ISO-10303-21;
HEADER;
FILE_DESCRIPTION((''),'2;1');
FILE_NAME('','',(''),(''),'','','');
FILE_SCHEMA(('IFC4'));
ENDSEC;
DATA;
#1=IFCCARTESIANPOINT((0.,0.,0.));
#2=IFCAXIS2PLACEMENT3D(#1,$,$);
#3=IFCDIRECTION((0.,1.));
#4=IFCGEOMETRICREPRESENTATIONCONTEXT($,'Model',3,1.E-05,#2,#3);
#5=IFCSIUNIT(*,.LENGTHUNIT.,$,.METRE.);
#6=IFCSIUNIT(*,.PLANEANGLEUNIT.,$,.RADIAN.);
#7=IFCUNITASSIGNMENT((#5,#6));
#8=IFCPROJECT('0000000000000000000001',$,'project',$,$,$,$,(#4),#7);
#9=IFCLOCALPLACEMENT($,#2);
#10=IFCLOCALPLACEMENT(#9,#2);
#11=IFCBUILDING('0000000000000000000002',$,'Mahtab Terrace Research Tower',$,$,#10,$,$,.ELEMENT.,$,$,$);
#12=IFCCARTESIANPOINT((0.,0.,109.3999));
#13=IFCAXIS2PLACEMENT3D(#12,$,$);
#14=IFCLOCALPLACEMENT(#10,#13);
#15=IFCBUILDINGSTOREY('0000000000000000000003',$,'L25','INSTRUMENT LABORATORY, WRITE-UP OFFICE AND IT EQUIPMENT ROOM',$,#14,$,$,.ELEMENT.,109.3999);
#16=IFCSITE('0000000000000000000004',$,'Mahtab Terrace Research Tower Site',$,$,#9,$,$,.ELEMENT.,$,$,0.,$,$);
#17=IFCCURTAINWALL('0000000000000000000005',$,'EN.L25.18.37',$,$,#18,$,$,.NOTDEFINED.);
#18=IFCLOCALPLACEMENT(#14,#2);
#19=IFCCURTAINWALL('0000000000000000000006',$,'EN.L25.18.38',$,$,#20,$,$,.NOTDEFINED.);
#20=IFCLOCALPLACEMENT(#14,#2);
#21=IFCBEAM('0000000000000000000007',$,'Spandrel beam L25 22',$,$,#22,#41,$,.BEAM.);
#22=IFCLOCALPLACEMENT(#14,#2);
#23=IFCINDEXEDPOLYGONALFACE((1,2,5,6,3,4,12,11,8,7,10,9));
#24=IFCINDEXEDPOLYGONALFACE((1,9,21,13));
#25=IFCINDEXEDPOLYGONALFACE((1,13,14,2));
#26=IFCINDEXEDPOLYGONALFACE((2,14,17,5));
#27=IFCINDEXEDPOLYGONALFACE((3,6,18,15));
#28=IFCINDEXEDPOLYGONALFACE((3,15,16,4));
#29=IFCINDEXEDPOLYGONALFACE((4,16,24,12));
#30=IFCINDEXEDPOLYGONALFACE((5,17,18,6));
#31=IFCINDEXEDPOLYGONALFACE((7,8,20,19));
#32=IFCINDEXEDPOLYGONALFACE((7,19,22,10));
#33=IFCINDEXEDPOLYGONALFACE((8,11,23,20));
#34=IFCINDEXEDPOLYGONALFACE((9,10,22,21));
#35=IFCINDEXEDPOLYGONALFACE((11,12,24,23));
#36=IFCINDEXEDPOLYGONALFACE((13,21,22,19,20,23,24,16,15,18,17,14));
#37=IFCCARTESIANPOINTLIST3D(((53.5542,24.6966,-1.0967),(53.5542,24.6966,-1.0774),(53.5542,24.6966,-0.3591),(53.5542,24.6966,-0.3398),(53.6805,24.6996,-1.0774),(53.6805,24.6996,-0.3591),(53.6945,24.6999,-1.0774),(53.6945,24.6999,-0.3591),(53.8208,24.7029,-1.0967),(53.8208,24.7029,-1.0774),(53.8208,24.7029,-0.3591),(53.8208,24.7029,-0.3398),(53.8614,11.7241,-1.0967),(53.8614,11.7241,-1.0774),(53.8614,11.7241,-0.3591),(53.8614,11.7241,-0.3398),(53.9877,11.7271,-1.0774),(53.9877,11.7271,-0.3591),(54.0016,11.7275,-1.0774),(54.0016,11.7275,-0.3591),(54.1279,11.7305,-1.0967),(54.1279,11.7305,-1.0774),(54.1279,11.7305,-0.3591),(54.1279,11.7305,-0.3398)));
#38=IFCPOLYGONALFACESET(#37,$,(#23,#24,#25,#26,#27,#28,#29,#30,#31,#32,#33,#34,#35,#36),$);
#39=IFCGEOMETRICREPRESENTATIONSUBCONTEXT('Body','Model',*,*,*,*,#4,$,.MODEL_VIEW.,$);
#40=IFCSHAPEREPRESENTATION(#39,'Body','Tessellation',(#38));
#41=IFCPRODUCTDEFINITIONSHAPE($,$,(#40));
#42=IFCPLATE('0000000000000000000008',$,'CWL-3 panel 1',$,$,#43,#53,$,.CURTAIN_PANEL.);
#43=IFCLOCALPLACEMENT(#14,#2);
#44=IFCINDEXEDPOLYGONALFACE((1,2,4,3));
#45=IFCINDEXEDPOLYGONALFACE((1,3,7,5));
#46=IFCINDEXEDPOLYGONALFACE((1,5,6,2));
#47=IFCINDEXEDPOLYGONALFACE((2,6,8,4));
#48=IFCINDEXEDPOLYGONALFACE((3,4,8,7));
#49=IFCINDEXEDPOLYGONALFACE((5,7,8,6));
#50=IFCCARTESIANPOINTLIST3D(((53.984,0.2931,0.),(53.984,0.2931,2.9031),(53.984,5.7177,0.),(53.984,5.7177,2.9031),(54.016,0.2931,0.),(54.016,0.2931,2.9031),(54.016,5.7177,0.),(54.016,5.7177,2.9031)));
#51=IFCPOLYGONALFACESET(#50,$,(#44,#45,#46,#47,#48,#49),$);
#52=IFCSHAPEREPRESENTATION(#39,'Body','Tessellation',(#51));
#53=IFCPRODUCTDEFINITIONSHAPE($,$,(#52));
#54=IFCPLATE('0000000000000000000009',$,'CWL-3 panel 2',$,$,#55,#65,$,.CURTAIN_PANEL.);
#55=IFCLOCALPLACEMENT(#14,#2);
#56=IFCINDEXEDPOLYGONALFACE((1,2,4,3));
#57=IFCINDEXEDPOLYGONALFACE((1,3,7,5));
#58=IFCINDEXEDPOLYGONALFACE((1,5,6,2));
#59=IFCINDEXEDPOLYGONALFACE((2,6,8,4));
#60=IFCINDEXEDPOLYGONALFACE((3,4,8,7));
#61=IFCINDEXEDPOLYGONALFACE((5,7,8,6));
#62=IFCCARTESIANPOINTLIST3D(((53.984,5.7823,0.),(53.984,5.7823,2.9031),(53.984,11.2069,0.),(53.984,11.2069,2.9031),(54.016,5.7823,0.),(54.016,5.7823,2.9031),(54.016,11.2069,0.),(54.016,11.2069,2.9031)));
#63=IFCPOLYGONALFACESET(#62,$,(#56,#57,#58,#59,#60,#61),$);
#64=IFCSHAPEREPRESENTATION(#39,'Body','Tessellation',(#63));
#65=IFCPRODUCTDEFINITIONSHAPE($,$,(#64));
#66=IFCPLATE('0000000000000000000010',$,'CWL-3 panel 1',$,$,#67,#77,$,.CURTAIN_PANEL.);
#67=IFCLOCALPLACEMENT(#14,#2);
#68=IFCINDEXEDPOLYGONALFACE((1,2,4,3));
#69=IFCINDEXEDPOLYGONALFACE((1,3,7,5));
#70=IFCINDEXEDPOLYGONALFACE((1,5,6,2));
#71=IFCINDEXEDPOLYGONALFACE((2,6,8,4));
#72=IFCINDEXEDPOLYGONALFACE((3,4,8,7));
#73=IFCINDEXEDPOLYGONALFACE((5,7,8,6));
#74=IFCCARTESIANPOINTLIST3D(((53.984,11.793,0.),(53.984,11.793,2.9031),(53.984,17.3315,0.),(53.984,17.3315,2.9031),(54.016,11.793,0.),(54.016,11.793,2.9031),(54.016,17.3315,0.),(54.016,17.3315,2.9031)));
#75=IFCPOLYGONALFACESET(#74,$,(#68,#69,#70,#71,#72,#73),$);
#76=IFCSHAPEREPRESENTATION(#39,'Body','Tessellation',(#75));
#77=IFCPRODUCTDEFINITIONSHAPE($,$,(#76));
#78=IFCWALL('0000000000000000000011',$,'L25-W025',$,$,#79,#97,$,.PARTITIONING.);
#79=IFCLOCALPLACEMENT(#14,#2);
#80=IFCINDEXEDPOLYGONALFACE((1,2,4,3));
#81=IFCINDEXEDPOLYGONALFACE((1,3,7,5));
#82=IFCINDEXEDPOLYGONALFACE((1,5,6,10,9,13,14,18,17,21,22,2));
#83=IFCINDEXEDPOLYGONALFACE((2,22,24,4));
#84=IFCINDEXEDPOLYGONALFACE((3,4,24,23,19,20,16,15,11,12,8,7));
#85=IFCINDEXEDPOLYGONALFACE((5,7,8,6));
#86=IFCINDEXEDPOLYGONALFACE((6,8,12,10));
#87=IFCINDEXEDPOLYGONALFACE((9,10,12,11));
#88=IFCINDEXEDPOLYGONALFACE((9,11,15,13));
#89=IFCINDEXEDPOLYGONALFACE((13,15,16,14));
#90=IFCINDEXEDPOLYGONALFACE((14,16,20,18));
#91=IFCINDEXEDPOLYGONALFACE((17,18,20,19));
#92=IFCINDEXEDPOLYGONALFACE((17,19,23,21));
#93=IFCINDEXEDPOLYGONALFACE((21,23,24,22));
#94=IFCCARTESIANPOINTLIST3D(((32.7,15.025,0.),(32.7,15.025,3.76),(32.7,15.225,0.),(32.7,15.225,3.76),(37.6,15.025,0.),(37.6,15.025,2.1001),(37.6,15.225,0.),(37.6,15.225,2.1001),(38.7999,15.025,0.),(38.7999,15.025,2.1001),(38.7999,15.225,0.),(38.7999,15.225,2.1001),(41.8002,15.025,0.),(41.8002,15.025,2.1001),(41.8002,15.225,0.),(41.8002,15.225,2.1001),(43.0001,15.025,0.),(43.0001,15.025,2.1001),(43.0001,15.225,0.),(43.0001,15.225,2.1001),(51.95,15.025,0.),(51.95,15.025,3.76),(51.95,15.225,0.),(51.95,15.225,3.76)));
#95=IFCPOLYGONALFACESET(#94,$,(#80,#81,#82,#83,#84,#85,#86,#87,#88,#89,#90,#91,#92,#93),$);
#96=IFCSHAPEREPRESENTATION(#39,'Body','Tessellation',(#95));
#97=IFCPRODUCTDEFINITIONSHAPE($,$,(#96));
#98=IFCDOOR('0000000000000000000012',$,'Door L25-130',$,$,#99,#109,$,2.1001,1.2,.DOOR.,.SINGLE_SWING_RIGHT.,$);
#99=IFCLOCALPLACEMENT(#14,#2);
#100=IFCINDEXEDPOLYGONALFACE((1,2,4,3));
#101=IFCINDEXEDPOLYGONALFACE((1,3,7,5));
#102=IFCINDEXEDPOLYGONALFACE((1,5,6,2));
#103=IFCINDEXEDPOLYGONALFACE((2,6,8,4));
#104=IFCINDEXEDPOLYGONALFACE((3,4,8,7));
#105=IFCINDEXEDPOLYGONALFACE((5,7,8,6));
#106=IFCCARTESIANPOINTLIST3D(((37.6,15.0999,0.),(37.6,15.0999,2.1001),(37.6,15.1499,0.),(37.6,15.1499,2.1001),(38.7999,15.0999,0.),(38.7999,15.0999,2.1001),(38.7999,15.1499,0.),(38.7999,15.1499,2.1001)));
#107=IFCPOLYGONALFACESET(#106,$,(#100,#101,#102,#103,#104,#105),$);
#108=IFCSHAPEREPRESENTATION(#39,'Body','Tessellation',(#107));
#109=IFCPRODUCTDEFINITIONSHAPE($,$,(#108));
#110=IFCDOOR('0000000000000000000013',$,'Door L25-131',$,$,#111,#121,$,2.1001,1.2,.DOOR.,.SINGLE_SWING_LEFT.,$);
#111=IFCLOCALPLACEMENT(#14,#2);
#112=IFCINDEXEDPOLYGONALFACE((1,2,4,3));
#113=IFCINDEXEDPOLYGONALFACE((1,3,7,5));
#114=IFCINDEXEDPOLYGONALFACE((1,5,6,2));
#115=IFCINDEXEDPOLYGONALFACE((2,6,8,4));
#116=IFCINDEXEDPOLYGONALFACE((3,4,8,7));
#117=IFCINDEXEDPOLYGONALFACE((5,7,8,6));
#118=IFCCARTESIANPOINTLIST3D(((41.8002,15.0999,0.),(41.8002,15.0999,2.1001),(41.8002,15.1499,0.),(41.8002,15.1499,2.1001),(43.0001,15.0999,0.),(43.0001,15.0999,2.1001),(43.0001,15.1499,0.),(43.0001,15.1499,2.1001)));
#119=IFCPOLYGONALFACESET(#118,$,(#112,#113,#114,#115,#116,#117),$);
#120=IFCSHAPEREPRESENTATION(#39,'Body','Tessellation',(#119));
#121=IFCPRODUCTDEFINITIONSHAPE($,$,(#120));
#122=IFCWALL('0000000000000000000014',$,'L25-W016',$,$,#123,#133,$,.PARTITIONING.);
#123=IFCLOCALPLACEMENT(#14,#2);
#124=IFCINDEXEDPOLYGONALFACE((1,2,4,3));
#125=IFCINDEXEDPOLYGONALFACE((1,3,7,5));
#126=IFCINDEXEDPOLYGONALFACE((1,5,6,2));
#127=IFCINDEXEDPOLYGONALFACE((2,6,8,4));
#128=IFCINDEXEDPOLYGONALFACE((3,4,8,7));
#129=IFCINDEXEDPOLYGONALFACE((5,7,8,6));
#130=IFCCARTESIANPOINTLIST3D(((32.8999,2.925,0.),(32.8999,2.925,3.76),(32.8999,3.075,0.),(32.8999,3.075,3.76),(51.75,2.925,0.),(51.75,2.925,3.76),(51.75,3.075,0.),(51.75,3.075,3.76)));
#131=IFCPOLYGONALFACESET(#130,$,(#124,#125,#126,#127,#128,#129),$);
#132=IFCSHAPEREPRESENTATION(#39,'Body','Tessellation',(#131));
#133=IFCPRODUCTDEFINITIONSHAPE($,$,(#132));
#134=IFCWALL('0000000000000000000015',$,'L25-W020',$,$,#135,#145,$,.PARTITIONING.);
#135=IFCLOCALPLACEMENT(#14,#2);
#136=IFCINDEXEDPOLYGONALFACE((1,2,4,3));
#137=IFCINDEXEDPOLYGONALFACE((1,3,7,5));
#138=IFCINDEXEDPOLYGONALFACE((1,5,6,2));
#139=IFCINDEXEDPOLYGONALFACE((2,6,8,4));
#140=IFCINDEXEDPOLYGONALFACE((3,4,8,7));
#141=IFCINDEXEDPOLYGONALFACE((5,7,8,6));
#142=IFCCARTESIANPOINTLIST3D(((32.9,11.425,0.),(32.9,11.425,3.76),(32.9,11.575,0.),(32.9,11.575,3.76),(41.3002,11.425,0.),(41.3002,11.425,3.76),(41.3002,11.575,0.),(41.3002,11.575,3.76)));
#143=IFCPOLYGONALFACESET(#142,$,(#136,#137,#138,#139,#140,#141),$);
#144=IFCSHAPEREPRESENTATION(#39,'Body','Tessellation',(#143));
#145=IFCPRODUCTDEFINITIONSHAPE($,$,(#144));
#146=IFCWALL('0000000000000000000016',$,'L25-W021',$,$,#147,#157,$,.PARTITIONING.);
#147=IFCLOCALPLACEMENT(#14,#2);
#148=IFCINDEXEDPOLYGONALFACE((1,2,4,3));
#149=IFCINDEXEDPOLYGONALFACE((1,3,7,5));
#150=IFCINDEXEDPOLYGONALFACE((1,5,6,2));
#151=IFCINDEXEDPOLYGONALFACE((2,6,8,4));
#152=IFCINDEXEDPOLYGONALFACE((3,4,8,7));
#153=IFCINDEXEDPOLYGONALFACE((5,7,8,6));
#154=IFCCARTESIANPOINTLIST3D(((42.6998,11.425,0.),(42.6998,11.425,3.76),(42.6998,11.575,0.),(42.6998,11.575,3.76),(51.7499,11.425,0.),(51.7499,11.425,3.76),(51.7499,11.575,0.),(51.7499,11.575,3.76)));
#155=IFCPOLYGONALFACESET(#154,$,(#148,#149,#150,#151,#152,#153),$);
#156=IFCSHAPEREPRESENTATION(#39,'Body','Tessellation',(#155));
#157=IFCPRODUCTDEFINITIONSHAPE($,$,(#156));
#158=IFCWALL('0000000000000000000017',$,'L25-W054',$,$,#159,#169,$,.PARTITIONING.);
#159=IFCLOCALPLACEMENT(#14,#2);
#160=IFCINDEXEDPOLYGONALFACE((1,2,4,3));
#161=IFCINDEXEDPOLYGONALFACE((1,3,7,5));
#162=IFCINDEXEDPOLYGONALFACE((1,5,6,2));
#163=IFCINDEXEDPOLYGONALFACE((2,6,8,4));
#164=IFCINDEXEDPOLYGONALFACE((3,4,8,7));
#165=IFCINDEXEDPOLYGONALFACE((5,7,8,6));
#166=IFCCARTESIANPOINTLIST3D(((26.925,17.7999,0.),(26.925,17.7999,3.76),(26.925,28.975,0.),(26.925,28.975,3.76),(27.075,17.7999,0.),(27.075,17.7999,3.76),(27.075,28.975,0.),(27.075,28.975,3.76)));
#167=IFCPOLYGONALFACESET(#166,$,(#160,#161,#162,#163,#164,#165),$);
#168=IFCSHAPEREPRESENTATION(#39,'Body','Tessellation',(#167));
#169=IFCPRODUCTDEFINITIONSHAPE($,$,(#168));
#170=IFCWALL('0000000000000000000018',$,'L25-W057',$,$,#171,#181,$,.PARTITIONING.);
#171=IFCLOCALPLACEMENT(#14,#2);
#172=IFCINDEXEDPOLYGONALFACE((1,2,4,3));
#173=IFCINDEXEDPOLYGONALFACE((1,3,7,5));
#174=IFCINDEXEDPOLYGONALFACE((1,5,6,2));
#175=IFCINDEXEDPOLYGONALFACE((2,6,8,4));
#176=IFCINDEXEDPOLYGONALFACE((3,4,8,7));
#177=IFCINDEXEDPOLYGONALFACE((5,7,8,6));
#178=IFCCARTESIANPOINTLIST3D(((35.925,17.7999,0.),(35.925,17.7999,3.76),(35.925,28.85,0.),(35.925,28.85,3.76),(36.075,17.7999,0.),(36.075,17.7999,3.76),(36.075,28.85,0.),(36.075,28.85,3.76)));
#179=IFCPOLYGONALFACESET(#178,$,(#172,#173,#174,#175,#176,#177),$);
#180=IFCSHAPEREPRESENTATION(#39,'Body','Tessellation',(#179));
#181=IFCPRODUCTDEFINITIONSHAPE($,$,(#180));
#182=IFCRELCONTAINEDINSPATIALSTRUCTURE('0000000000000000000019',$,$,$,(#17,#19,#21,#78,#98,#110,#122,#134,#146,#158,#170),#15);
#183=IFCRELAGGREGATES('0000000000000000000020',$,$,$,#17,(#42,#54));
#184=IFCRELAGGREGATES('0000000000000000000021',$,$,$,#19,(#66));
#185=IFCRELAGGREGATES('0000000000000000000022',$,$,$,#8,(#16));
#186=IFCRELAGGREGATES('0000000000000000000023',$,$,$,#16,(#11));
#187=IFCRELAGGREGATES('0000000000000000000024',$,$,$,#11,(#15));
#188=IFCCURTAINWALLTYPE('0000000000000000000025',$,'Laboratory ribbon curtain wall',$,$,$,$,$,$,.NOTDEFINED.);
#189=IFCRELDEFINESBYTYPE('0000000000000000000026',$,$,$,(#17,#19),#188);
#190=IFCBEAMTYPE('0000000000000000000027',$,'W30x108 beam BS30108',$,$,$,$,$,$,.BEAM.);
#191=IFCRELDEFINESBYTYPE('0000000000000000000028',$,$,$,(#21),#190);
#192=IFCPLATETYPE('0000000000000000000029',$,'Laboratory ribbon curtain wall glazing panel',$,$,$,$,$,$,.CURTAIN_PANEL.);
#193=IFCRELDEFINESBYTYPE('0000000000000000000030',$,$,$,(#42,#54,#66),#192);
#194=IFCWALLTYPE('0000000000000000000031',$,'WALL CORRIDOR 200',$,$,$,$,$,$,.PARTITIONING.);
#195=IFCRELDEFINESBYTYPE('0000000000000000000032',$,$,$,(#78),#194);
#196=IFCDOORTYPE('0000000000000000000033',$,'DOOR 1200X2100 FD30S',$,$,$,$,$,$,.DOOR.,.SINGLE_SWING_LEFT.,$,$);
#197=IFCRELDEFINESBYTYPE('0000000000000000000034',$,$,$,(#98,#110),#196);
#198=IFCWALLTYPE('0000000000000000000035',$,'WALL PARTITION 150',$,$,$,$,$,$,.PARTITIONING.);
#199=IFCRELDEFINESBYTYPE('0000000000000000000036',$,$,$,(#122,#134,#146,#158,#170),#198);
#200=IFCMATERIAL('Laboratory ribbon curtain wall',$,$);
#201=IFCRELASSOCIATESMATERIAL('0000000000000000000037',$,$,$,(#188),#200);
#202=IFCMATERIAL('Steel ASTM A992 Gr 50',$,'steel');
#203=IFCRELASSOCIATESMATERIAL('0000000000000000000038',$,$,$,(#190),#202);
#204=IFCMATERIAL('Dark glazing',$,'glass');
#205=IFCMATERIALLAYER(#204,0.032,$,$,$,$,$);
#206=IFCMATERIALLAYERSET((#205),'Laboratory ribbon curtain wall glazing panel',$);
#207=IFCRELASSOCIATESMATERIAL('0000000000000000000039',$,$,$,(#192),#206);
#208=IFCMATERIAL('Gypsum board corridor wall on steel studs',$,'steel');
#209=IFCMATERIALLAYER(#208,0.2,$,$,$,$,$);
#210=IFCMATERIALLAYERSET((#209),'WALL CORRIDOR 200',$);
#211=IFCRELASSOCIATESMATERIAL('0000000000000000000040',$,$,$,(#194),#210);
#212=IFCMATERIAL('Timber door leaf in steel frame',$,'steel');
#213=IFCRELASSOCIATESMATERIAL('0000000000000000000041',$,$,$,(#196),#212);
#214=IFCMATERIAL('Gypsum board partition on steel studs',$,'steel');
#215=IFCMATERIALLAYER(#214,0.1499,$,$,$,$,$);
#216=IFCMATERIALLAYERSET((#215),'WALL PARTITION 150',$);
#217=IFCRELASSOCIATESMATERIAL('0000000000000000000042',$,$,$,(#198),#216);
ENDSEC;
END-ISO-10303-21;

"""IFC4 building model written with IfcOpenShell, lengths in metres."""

from ifc_helpers import new_model, si_unit, direction, frame, frame_2d, origin, origin_2d, place, context, subcontext, project, spatial, rectangle, i_section, extrude, material, layer, layer_set, material_profile, profile_set, type_object, element, fill, aggregate, save


model = new_model("IFC4")

# Units and contexts
model_context = context("Model", 3, precision=1e-05, world=origin(), true_north=direction((0.0, 1.0)))
body_context = subcontext(model_context, "Body", "Model", "MODEL_VIEW")
ifc_project = project(units=[si_unit("LENGTHUNIT", "METRE"), si_unit("PLANEANGLEUNIT", "RADIAN")], contexts=[model_context])

# Site, building, storey
site_placement = place(None, origin())
site = spatial("IfcSite", under=ifc_project, at=site_placement, Name="Mahtab Terrace Research Tower Site", CompositionType="ELEMENT", RefElevation=0.0)
building_placement = place(site_placement, origin())
building = spatial("IfcBuilding", under=site, at=building_placement, Name="Mahtab Terrace Research Tower", CompositionType="ELEMENT")
storey_placement = place(building_placement, frame((0.0, 0.0, 109.3999)))
storey = spatial("IfcBuildingStorey", under=building, at=storey_placement, Name="L25", Description="INSTRUMENT LABORATORY, WRITE-UP OFFICE AND IT EQUIPMENT ROOM", CompositionType="ELEMENT", Elevation=109.3999)

# Shared definitions
ifc_material_1 = material(Name="Steel ASTM A992 Gr 50", Category="steel")

# Curtain walls
ifc_material_2 = material(Name="Laboratory ribbon curtain wall")
curtain_wall_type = type_object("IfcCurtainWallType", Name="Laboratory ribbon curtain wall", PredefinedType="NOTDEFINED", material=ifc_material_2)
curtain_wall_1_placement = place(storey_placement, origin())
curtain_wall_1 = element("IfcCurtainWall", 1, at=curtain_wall_1_placement, inside=storey, type_object=curtain_wall_type, Name="EN.L25.18.37", PredefinedType="NOTDEFINED")
curtain_wall_2_placement = place(storey_placement, origin())
curtain_wall_2 = element("IfcCurtainWall", 2, at=curtain_wall_2_placement, inside=storey, type_object=curtain_wall_type, Name="EN.L25.18.38", PredefinedType="NOTDEFINED")

# Beam
ifc_material_profile_1 = material_profile(ifc_material_1, i_section(OverallWidth=0.2666, OverallDepth=0.7568, WebThickness=0.0139, FlangeThickness=0.0193, at=origin_2d()), Name="W30X108")
ifc_profile_set_1 = profile_set([ifc_material_profile_1], Name="Steel ASTM A992 Gr 50")
beam_type = type_object("IfcBeamType", Name="W30x108 beam BS30108", PredefinedType="BEAM", material=ifc_profile_set_1)
beam_1_placement = place(storey_placement, frame((53.9946, 11.7273, -0.7183), z_axis=(-0.023669, 0.99972, 0.0), x_axis=(-0.99972, -0.023669, 0.0)))
element("IfcBeam", 3, at=beam_1_placement, inside=storey, type_object=beam_type, Name="Spandrel beam L25 22", PredefinedType="BEAM", context=body_context, shape_type="SweptSolid", body=[
    extrude(i_section(OverallWidth=0.2666, OverallDepth=0.7568, WebThickness=0.0139, FlangeThickness=0.0193, at=origin_2d()), origin(), (0.0, 0.0, 1.0), 12.9761),
])

# Plates
ifc_material_3 = material(Name="Dark glazing", Category="glass")
ifc_layer_1 = layer(ifc_material_3, 0.032)
ifc_layer_set_1 = layer_set([ifc_layer_1], Name="Laboratory ribbon curtain wall glazing panel")
plate_type = type_object("IfcPlateType", Name="Laboratory ribbon curtain wall glazing panel", PredefinedType="CURTAIN_PANEL", material=ifc_layer_set_1)
plate_1_placement = place(storey_placement, frame((54.0, 3.0054, 0.0), z_axis=(0.0, 0.0, 1.0), x_axis=(0.0, 1.0, 0.0)))
plate_1 = element("IfcPlate", 4, at=plate_1_placement, type_object=plate_type, Name="CWL-3 panel 1", PredefinedType="CURTAIN_PANEL", context=body_context, shape_type="SweptSolid", body=[
    extrude(rectangle(XDim=5.4246, YDim=0.032, at=origin_2d()), origin(), (0.0, 0.0, 1.0), 2.9031),
])
plate_2_placement = place(storey_placement, frame((54.0, 8.4946, 0.0), z_axis=(0.0, 0.0, 1.0), x_axis=(0.0, 1.0, 0.0)))
plate_2 = element("IfcPlate", 5, at=plate_2_placement, type_object=plate_type, Name="CWL-3 panel 2", PredefinedType="CURTAIN_PANEL", context=body_context, shape_type="SweptSolid", body=[
    extrude(rectangle(XDim=5.4246, YDim=0.032, at=origin_2d()), origin(), (0.0, 0.0, 1.0), 2.9031),
])
aggregate(curtain_wall_1, [plate_1, plate_2])
plate_3_placement = place(storey_placement, frame((54.0, 14.5623, 0.0), z_axis=(0.0, 0.0, 1.0), x_axis=(0.0, 1.0, 0.0)))
plate_3 = element("IfcPlate", 6, at=plate_3_placement, type_object=plate_type, Name="CWL-3 panel 1", PredefinedType="CURTAIN_PANEL", context=body_context, shape_type="SweptSolid", body=[
    extrude(rectangle(XDim=5.5386, YDim=0.032, at=origin_2d()), origin(), (0.0, 0.0, 1.0), 2.9031),
])
aggregate(curtain_wall_2, [plate_3])

# Wall, openings, doors
ifc_material_4 = material(Name="Gypsum board corridor wall on steel studs", Category="steel")
ifc_layer_2 = layer(ifc_material_4, 0.2)
ifc_layer_set_2 = layer_set([ifc_layer_2], Name="WALL CORRIDOR 200")
wall_type_1 = type_object("IfcWallType", Name="WALL CORRIDOR 200", PredefinedType="PARTITIONING", material=ifc_layer_set_2)
wall_1_placement = place(storey_placement, frame((32.7, 15.125, 0.0), z_axis=(0.0, 0.0, 1.0), x_axis=(1.0, 0.0, 0.0)))
wall_1 = element("IfcWall", 7, at=wall_1_placement, inside=storey, type_object=wall_type_1, Name="L25-W025", PredefinedType="PARTITIONING", context=body_context, shape_type="SweptSolid", body=[
    extrude(rectangle(XDim=19.25, YDim=0.2, at=frame_2d((9.625, 0.0))), origin(), (0.0, 0.0, 1.0), 3.76),
])
opening_1_placement = place(wall_1_placement, frame((4.8999, 0.0, 0.0)))
opening_1 = element("IfcOpeningElement", 8, at=opening_1_placement, cuts=wall_1, PredefinedType="OPENING", context=body_context, shape_type="SweptSolid", body=[
    extrude(rectangle(XDim=1.2, YDim=2.1001, at=frame_2d((0.6001, 1.05))), frame((0.0, 0.1099, 0.0), z_axis=(0.0, -1.0, 0.0), x_axis=(1.0, 0.0, 0.0)), (0.0, 0.0, 1.0), 0.22),
])
opening_2_placement = place(wall_1_placement, frame((9.1001, 0.0, 0.0)))
opening_2 = element("IfcOpeningElement", 9, at=opening_2_placement, cuts=wall_1, PredefinedType="OPENING", context=body_context, shape_type="SweptSolid", body=[
    extrude(rectangle(XDim=1.2, YDim=2.1001, at=frame_2d((0.6001, 1.05))), frame((0.0, 0.1099, 0.0), z_axis=(0.0, -1.0, 0.0), x_axis=(1.0, 0.0, 0.0)), (0.0, 0.0, 1.0), 0.22),
])
ifc_material_5 = material(Name="Timber door leaf in steel frame", Category="steel")
door_type = type_object("IfcDoorType", Name="DOOR 1200X2100 FD30S", OperationType="SINGLE_SWING_LEFT", PredefinedType="DOOR", material=ifc_material_5)
door_1_placement = place(opening_1_placement, origin())
door_1 = element("IfcDoor", 10, at=door_1_placement, inside=storey, type_object=door_type, Name="Door L25-130", OperationType="SINGLE_SWING_RIGHT", OverallHeight=2.1001, OverallWidth=1.2, PredefinedType="DOOR", context=body_context, shape_type="SweptSolid", body=[
    extrude(rectangle(XDim=1.2, YDim=2.1001, at=frame_2d((0.6001, 1.05))), frame((0.0, 0.0249, 0.0), z_axis=(0.0, -1.0, 0.0), x_axis=(1.0, 0.0, 0.0)), (0.0, 0.0, 1.0), 0.05),
])
fill(opening_1, door_1)
door_2_placement = place(opening_2_placement, origin())
door_2 = element("IfcDoor", 11, at=door_2_placement, inside=storey, type_object=door_type, Name="Door L25-131", OperationType="SINGLE_SWING_LEFT", OverallHeight=2.1001, OverallWidth=1.2, PredefinedType="DOOR", context=body_context, shape_type="SweptSolid", body=[
    extrude(rectangle(XDim=1.2, YDim=2.1001, at=frame_2d((0.6001, 1.05))), frame((0.0, 0.0249, 0.0), z_axis=(0.0, -1.0, 0.0), x_axis=(1.0, 0.0, 0.0)), (0.0, 0.0, 1.0), 0.05),
])
fill(opening_2, door_2)

# Walls
ifc_material_6 = material(Name="Gypsum board partition on steel studs", Category="steel")
ifc_layer_3 = layer(ifc_material_6, 0.1499)
ifc_layer_set_3 = layer_set([ifc_layer_3], Name="WALL PARTITION 150")
wall_type_2 = type_object("IfcWallType", Name="WALL PARTITION 150", PredefinedType="PARTITIONING", material=ifc_layer_set_3)
wall_2_placement = place(storey_placement, frame((32.8999, 3.0, 0.0), z_axis=(0.0, 0.0, 1.0), x_axis=(1.0, 0.0, 0.0)))
element("IfcWall", 12, at=wall_2_placement, inside=storey, type_object=wall_type_2, Name="L25-W016", PredefinedType="PARTITIONING", context=body_context, shape_type="SweptSolid", body=[
    extrude(rectangle(XDim=18.8501, YDim=0.1499, at=frame_2d((9.425, 0.0))), origin(), (0.0, 0.0, 1.0), 3.76),
])
wall_3_placement = place(storey_placement, frame((32.8999, 11.5, 0.0), z_axis=(0.0, 0.0, 1.0), x_axis=(1.0, 0.0, 0.0)))
element("IfcWall", 13, at=wall_3_placement, inside=storey, type_object=wall_type_2, Name="L25-W020", PredefinedType="PARTITIONING", context=body_context, shape_type="SweptSolid", body=[
    extrude(rectangle(XDim=8.4001, YDim=0.1499, at=frame_2d((4.2002, 0.0))), origin(), (0.0, 0.0, 1.0), 3.76),
])
wall_4_placement = place(storey_placement, frame((42.7, 11.5, 0.0), z_axis=(0.0, 0.0, 1.0), x_axis=(1.0, 0.0, 0.0)))
element("IfcWall", 14, at=wall_4_placement, inside=storey, type_object=wall_type_2, Name="L25-W021", PredefinedType="PARTITIONING", context=body_context, shape_type="SweptSolid", body=[
    extrude(rectangle(XDim=9.05, YDim=0.1499, at=frame_2d((4.5249, 0.0))), origin(), (0.0, 0.0, 1.0), 3.76),
])
wall_5_placement = place(storey_placement, frame((27.0, 17.8, 0.0), z_axis=(0.0, 0.0, 1.0), x_axis=(0.0, 1.0, 0.0)))
element("IfcWall", 15, at=wall_5_placement, inside=storey, type_object=wall_type_2, Name="L25-W054", PredefinedType="PARTITIONING", context=body_context, shape_type="SweptSolid", body=[
    extrude(rectangle(XDim=11.175, YDim=0.1499, at=frame_2d((5.5874, 0.0))), origin(), (0.0, 0.0, 1.0), 3.76),
])
for number, where, z_axis, x_axis, name in (
    (16, (36.0, 17.8, 0.0), (0.0, 0.0, 1.0), (0.0, 1.0, 0.0), "L25-W057"),
):
    element("IfcWall", number, at=place(storey_placement, frame(where, z_axis=z_axis, x_axis=x_axis)), inside=storey, type_object=wall_type_2, Name=name, PredefinedType="PARTITIONING", context=body_context, shape_type="SweptSolid", body=[
        extrude(rectangle(XDim=11.05, YDim=0.1499, at=frame_2d((5.5249, 0.0))), origin(), (0.0, 0.0, 1.0), 3.76),
    ])

save(model, "model.ifc")
